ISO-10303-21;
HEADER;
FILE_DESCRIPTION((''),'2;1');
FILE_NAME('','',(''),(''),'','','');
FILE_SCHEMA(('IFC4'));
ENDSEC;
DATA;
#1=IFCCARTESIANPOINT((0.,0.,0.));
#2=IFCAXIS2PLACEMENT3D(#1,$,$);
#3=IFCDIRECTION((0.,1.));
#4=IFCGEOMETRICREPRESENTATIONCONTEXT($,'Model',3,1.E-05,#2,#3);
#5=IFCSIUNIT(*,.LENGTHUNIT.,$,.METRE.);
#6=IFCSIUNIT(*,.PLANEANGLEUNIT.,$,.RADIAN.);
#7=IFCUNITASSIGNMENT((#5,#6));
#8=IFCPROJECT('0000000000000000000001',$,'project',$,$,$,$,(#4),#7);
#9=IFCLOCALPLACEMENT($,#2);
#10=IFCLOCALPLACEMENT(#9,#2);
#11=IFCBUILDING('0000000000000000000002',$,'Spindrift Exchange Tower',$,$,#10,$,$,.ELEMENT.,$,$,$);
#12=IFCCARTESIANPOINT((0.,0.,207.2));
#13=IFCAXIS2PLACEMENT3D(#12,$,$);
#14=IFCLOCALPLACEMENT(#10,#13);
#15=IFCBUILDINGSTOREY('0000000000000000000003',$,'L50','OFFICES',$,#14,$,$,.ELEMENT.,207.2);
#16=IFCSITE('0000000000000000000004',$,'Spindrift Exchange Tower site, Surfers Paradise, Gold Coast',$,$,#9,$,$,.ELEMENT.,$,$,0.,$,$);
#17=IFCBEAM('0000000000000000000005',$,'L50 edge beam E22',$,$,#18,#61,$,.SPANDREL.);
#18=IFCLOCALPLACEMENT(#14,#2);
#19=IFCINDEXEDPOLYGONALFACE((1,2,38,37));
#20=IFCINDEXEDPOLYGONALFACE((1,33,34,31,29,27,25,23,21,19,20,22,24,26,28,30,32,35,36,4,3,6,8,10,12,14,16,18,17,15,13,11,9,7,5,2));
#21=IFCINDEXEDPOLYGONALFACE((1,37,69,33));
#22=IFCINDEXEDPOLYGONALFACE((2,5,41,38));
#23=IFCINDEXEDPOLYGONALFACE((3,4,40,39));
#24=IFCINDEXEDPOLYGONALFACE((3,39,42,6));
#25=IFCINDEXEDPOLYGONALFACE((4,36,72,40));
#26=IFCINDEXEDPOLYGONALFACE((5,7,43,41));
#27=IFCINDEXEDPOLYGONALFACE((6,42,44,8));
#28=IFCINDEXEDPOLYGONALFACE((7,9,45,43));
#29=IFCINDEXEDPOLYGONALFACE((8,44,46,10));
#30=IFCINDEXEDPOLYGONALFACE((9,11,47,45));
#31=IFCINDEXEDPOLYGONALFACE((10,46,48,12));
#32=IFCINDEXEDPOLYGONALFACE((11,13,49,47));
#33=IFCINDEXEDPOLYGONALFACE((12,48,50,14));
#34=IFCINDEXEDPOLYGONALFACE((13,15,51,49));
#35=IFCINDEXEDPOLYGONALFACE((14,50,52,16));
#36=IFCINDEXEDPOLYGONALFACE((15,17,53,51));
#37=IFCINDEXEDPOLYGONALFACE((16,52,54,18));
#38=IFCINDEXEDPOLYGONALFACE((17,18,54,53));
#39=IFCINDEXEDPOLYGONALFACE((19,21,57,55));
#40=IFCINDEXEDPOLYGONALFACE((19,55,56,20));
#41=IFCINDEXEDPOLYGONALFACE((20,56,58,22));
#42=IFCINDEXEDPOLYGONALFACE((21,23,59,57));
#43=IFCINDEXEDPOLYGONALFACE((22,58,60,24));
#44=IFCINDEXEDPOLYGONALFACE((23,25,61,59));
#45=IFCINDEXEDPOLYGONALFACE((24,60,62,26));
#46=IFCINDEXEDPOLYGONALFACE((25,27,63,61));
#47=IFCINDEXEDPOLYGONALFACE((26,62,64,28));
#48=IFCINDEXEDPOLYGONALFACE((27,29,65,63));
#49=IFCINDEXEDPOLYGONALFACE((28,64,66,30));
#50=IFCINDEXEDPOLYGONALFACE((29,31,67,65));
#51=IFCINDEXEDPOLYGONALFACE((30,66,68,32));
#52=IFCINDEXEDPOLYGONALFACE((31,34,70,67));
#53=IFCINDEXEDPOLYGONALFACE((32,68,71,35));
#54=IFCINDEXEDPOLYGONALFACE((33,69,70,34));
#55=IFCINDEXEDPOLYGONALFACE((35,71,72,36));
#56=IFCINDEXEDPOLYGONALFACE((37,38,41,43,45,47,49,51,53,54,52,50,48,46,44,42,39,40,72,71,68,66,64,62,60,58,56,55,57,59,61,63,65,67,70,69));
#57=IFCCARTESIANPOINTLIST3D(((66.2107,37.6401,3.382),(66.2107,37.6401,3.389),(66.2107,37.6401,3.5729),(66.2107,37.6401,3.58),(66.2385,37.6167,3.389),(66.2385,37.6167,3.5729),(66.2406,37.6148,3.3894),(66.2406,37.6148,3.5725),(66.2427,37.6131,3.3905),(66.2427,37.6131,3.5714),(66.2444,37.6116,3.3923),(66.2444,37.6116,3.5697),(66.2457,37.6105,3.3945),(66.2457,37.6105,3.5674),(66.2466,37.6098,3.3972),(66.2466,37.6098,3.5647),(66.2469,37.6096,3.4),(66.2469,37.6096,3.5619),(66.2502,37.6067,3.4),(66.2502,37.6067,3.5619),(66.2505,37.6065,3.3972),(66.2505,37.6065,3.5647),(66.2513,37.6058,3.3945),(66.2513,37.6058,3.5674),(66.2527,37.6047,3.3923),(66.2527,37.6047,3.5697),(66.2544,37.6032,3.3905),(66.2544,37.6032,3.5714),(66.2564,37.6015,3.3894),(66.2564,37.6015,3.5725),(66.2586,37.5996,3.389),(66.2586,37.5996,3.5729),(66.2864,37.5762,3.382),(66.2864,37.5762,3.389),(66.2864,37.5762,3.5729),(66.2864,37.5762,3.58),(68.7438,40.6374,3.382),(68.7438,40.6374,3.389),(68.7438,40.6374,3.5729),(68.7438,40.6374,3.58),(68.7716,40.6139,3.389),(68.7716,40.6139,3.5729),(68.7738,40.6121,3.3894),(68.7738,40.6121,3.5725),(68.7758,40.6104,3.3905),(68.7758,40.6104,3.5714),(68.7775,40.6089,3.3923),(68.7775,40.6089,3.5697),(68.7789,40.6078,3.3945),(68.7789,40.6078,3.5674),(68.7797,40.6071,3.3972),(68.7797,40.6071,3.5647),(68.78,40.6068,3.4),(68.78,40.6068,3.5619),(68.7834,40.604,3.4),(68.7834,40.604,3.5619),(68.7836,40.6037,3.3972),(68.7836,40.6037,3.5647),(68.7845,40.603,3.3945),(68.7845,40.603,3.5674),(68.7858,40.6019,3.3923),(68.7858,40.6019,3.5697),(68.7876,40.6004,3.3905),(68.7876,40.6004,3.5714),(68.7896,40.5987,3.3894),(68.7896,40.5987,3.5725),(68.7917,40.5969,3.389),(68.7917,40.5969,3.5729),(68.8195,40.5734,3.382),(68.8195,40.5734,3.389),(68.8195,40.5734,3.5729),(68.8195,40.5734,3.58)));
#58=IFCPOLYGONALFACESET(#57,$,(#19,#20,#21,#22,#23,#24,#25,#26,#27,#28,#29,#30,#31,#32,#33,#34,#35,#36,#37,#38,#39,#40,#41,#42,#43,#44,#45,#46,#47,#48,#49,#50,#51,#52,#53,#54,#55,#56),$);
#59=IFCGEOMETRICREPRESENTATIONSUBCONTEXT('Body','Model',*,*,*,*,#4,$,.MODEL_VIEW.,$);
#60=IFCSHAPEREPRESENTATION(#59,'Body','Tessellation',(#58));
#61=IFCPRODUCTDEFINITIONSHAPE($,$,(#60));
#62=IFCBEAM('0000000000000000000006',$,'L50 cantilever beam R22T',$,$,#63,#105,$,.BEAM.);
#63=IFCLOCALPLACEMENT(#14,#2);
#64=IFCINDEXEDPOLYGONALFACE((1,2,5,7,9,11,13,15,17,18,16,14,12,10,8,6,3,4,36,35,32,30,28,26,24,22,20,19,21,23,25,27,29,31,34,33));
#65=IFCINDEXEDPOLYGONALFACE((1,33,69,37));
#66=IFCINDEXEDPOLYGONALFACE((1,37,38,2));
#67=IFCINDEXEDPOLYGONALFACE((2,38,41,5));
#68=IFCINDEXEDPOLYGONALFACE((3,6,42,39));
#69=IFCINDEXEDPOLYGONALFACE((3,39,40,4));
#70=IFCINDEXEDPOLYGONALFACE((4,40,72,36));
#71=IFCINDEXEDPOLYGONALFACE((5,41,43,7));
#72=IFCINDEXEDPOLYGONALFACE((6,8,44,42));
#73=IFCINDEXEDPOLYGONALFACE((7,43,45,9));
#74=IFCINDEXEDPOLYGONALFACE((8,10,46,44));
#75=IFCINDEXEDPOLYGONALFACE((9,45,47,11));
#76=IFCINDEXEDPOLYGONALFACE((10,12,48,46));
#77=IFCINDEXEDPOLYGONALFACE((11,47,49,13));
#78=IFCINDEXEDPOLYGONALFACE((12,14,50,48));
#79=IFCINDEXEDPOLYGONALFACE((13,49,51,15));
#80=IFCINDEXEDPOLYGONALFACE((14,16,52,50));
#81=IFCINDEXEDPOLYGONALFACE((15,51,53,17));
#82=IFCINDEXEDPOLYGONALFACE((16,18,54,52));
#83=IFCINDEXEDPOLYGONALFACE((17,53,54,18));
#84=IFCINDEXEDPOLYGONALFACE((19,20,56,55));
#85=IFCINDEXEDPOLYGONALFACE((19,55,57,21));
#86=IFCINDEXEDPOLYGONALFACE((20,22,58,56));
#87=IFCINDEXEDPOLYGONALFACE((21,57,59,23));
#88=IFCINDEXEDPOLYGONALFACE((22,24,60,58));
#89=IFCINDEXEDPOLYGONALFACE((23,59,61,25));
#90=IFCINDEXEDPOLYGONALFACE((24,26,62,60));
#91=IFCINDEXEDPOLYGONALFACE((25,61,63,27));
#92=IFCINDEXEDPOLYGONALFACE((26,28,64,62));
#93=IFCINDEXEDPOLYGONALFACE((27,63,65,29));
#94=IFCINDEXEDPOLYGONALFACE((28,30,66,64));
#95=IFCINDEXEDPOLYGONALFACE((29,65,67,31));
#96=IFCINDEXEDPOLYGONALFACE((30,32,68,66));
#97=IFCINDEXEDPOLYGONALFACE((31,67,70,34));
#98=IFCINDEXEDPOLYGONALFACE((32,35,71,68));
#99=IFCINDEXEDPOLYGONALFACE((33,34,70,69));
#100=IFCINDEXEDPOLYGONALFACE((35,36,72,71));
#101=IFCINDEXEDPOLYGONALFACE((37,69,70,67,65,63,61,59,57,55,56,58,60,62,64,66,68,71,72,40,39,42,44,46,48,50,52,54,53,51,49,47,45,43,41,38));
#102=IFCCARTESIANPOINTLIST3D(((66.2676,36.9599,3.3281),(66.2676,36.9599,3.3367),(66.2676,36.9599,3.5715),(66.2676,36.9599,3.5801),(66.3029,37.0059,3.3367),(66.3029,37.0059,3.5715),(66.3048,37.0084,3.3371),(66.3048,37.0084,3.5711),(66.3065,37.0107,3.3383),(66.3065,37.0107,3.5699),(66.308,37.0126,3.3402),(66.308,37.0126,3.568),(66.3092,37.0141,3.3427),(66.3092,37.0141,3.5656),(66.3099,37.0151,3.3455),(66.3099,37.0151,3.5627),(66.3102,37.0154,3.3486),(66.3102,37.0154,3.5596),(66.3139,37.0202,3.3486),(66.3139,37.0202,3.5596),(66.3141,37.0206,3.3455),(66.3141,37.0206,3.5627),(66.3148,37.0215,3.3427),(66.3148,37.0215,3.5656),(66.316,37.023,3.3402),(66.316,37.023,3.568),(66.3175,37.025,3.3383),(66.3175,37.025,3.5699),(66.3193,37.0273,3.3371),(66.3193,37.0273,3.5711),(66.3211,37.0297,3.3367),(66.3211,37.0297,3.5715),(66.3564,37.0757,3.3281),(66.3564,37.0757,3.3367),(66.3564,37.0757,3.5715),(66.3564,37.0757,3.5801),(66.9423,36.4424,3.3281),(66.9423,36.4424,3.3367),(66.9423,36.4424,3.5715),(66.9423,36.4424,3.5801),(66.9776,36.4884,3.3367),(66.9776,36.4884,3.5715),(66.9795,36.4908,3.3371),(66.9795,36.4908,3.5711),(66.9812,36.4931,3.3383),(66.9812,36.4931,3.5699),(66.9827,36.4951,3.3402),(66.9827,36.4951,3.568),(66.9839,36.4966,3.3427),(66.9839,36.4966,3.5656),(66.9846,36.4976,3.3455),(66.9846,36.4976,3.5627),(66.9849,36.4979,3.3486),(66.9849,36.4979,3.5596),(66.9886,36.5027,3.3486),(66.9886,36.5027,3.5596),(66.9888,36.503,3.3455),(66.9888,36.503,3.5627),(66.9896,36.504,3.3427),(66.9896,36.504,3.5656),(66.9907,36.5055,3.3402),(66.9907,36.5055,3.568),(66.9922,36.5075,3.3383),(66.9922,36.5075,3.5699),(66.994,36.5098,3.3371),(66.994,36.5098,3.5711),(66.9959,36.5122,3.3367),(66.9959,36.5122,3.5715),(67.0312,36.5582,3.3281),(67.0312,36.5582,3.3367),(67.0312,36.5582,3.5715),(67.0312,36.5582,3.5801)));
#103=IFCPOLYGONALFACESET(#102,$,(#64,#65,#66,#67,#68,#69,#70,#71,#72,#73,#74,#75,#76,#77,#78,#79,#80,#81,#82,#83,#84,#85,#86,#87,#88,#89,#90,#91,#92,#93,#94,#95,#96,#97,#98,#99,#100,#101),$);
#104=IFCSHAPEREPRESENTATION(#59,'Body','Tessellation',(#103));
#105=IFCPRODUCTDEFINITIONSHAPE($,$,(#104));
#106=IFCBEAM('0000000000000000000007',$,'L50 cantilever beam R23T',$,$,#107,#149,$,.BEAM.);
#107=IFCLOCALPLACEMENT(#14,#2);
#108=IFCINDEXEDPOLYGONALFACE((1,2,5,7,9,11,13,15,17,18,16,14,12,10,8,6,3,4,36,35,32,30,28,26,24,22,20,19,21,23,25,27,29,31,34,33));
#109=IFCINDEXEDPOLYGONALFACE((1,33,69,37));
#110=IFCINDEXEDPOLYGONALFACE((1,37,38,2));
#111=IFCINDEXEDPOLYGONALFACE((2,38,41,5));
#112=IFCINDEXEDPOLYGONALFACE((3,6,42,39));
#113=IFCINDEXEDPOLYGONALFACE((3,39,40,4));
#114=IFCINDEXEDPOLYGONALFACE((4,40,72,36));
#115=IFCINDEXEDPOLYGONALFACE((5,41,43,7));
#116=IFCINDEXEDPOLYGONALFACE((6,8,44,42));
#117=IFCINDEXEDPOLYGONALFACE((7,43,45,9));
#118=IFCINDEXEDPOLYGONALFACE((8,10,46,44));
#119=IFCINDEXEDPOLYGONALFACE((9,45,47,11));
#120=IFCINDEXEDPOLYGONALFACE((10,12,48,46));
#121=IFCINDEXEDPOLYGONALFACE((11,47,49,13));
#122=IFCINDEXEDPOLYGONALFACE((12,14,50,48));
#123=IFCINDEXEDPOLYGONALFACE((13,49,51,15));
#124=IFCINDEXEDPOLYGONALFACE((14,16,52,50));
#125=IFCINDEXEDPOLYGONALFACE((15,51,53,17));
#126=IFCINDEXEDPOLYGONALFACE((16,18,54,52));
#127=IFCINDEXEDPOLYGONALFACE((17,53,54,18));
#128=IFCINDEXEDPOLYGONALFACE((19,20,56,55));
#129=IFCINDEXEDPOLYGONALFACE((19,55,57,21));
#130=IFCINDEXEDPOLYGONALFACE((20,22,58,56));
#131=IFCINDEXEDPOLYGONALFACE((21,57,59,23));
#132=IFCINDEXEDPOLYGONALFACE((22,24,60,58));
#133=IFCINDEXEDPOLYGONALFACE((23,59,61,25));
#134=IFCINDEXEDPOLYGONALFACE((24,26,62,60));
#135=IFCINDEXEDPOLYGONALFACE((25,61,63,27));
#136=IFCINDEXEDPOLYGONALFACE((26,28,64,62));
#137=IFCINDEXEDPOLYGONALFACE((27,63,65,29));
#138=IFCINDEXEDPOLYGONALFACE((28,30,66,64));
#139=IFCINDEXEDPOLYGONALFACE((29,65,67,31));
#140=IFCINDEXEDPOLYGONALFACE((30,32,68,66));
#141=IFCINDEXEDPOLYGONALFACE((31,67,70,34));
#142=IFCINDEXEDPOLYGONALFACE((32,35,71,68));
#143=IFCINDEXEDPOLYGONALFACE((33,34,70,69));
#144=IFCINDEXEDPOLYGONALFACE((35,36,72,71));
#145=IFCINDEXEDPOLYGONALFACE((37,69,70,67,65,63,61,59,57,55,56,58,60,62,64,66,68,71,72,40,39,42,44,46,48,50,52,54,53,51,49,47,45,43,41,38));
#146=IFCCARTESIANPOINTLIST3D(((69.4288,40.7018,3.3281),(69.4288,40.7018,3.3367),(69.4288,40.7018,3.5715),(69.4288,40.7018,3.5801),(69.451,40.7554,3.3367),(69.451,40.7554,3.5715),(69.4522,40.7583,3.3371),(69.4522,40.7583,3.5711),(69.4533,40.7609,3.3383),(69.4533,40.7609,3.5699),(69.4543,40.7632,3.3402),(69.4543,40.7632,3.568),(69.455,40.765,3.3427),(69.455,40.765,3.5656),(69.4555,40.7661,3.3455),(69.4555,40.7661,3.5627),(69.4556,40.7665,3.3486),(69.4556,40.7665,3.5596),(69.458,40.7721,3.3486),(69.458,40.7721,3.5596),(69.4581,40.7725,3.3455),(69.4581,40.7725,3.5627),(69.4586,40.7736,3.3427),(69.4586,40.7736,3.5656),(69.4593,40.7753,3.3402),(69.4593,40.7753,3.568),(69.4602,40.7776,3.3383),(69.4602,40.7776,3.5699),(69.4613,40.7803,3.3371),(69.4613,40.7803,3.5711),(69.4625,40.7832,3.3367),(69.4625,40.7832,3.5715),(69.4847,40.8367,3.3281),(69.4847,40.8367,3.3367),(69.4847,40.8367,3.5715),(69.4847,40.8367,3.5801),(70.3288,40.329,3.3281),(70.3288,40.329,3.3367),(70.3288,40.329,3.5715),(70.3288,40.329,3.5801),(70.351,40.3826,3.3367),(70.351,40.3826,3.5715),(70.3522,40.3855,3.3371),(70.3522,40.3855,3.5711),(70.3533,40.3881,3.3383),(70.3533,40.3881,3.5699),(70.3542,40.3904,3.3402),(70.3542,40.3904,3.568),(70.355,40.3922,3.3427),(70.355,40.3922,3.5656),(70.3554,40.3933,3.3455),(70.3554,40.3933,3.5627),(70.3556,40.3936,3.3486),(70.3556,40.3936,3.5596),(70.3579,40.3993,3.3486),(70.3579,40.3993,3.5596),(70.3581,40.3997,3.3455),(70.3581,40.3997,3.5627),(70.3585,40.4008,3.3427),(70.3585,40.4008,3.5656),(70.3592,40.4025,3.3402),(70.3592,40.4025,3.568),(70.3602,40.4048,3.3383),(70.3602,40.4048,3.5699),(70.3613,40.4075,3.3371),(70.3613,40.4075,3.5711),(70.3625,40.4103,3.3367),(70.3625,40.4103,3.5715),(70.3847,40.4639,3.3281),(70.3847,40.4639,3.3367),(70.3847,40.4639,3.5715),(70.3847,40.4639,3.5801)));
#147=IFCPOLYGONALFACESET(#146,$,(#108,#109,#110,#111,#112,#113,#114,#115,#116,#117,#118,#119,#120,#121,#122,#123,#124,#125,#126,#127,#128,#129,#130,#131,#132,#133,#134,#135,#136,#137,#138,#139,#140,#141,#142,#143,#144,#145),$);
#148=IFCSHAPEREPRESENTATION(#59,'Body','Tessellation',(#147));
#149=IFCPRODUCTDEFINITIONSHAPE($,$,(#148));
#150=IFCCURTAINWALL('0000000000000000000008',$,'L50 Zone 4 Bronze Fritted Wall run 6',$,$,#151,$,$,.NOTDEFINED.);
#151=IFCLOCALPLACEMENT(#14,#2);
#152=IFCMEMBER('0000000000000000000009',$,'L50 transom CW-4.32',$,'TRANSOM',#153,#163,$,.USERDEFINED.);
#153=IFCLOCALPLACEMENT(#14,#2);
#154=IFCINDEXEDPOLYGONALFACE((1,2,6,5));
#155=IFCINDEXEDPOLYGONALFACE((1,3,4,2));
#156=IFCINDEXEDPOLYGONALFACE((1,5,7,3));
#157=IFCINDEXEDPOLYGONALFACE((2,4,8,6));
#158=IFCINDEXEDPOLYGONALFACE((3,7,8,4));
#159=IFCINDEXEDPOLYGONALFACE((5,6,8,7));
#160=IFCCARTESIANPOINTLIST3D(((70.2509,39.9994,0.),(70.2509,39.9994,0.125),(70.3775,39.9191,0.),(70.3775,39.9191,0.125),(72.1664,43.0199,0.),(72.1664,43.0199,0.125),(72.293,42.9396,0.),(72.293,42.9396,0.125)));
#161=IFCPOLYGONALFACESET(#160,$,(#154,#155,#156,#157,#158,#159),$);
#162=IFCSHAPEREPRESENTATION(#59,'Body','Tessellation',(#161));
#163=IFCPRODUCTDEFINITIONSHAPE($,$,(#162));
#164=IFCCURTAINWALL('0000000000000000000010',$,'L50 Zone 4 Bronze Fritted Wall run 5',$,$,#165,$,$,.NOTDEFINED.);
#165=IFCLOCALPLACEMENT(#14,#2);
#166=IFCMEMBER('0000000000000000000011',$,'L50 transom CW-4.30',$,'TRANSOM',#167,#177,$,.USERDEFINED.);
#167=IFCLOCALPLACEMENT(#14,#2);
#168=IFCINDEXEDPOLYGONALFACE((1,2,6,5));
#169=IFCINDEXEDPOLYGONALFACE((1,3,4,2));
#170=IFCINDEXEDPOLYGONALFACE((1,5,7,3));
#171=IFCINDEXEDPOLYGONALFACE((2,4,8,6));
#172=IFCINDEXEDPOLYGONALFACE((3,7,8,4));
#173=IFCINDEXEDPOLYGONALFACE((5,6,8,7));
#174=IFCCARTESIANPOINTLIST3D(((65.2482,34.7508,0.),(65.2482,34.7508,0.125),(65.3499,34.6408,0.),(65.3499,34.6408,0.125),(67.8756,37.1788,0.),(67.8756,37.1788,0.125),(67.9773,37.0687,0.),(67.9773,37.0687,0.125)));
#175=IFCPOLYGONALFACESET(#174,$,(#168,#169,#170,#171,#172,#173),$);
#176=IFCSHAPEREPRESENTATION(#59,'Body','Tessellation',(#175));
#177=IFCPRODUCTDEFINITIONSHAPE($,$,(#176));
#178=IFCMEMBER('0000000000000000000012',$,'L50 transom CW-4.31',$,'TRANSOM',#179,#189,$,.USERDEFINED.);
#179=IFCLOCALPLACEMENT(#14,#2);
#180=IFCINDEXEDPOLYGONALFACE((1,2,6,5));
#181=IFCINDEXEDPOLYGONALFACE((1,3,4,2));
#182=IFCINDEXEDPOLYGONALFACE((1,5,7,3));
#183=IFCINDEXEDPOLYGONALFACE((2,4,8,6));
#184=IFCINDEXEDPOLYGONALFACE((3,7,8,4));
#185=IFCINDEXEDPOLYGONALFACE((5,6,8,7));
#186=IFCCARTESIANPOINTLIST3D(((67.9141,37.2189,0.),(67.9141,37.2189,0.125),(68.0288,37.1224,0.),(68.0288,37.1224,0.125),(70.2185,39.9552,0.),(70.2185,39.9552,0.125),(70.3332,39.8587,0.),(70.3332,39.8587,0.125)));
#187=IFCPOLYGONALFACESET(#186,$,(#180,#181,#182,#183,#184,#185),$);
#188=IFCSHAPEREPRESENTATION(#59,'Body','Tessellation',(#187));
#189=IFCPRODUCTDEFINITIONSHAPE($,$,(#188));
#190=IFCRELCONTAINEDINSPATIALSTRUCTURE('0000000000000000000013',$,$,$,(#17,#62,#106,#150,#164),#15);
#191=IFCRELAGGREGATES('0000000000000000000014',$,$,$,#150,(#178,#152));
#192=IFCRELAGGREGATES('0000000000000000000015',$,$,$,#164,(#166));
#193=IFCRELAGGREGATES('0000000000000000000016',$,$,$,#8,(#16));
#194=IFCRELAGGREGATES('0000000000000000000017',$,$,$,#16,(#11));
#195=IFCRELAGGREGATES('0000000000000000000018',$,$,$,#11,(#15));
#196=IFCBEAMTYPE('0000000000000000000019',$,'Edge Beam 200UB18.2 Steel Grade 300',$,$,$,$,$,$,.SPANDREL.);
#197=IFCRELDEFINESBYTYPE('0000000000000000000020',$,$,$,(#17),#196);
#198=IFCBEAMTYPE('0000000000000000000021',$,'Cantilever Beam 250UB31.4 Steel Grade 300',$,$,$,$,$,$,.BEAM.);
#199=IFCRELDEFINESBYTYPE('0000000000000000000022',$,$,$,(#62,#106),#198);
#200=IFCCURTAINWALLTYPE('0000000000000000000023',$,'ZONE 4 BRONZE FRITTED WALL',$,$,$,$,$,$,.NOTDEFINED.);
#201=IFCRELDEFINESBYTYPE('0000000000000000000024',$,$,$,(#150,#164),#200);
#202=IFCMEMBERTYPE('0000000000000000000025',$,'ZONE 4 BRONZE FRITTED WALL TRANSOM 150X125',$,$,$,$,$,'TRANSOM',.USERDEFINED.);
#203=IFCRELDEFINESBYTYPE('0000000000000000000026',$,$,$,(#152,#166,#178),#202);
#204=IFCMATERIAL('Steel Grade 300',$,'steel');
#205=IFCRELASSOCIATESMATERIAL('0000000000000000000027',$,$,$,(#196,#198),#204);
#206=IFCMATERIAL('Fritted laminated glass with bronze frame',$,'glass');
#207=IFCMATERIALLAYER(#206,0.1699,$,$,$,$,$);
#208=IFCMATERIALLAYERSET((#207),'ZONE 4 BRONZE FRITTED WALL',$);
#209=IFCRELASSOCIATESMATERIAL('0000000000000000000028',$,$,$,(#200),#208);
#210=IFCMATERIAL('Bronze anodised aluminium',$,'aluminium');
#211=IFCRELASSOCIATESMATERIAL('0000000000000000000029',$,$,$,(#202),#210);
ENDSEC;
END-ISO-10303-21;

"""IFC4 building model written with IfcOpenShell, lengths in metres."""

from ifc_helpers import new_model, si_unit, direction, frame, origin, origin_2d, place, context, subcontext, project, spatial, rectangle, i_section, extrude, source, transform, mapped, material, layer, layer_set, material_profile, profile_set, type_object, element, aggregate, save


model = new_model("IFC4")

# Units and contexts
model_context = context("Model", 3, precision=1e-05, world=origin(), true_north=direction((0.0, 1.0)))
body_context = subcontext(model_context, "Body", "Model", "MODEL_VIEW")
ifc_project = project(units=[si_unit("LENGTHUNIT", "METRE"), si_unit("PLANEANGLEUNIT", "RADIAN")], contexts=[model_context])

# Site, building, storey
site_placement = place(None, origin())
site = spatial("IfcSite", under=ifc_project, at=site_placement, Name="Spindrift Exchange Tower site, Surfers Paradise, Gold Coast", CompositionType="ELEMENT", RefElevation=0.0)
building_placement = place(site_placement, origin())
building = spatial("IfcBuilding", under=site, at=building_placement, Name="Spindrift Exchange Tower", CompositionType="ELEMENT")
storey_placement = place(building_placement, frame((0.0, 0.0, 207.2)))
storey = spatial("IfcBuildingStorey", under=building, at=storey_placement, Name="L50", Description="OFFICES", CompositionType="ELEMENT", Elevation=207.2)

# Beams
ifc_material_1 = material(Name="Steel Grade 300", Category="steel")
ifc_material_profile_1 = material_profile(ifc_material_1, i_section(OverallWidth=0.0991, OverallDepth=0.198, WebThickness=0.0044, FlangeThickness=0.0071, FilletRadius=0.011, at=origin_2d()), Name="200UB18.2")
ifc_profile_set_1 = profile_set([ifc_material_profile_1], Name="Steel Grade 300")
beam_type_1 = type_object("IfcBeamType", Name="Edge Beam 200UB18.2 Steel Grade 300", PredefinedType="SPANDREL", material=ifc_profile_set_1)
shared_shape_1 = source(origin(), body_context, "Body", "SweptSolid", [
    extrude(i_section(OverallWidth=0.0991, OverallDepth=0.198, WebThickness=0.0044, FlangeThickness=0.0071, FilletRadius=0.011, at=origin_2d()), origin(), (0.0, 0.0, 1.0), 3.9243),
])
beam_1_placement = place(storey_placement, frame((66.2485, 37.6082, 3.481), z_axis=(0.645499, 0.763761, 0.0), x_axis=(-0.763761, 0.645499, 0.0)))
element("IfcBeam", 1, at=beam_1_placement, inside=storey, type_object=beam_type_1, Name="L50 edge beam E22", PredefinedType="SPANDREL", context=body_context, shape_type="MappedRepresentation", body=[
    mapped(shared_shape_1, transform((0.0, 0.0, 0.0), scale=1.0)),
])
ifc_material_profile_2 = material_profile(ifc_material_1, i_section(OverallWidth=0.146, OverallDepth=0.252, WebThickness=0.0061, FlangeThickness=0.0085, FilletRadius=0.012, at=origin_2d()), Name="250UB31.4")
ifc_profile_set_2 = profile_set([ifc_material_profile_2], Name="Steel Grade 300")
beam_type_2 = type_object("IfcBeamType", Name="Cantilever Beam 250UB31.4 Steel Grade 300", PredefinedType="BEAM", material=ifc_profile_set_2)
shared_shape_2 = source(origin(), body_context, "Body", "SweptSolid", [
    extrude(i_section(OverallWidth=0.146, OverallDepth=0.252, WebThickness=0.0061, FlangeThickness=0.0085, FilletRadius=0.012, at=origin_2d()), origin(), (0.0, 0.0, 1.0), 0.8503),
])
beam_2_placement = place(storey_placement, frame((66.312, 37.0178, 3.4541), z_axis=(0.793477, -0.6086, 0.0), x_axis=(0.6086, 0.793477, 0.0)))
element("IfcBeam", 2, at=beam_2_placement, inside=storey, type_object=beam_type_2, Name="L50 cantilever beam R22T", PredefinedType="BEAM", context=body_context, shape_type="MappedRepresentation", body=[
    mapped(shared_shape_2, transform((0.0, 0.0, 0.0), scale=1.0)),
])
shared_shape_3 = source(origin(), body_context, "Body", "SweptSolid", [
    extrude(i_section(OverallWidth=0.146, OverallDepth=0.252, WebThickness=0.0061, FlangeThickness=0.0085, FilletRadius=0.012, at=origin_2d()), origin(), (0.0, 0.0, 1.0), 0.9741),
])
beam_3_placement = place(storey_placement, frame((69.4568, 40.7693, 3.4541), z_axis=(0.923861, -0.382728, 0.0), x_axis=(0.382728, 0.923861, 0.0)))
element("IfcBeam", 3, at=beam_3_placement, inside=storey, type_object=beam_type_2, Name="L50 cantilever beam R23T", PredefinedType="BEAM", context=body_context, shape_type="MappedRepresentation", body=[
    mapped(shared_shape_3, transform((0.0, 0.0, 0.0), scale=1.0)),
])

# Curtain walls, members
ifc_material_2 = material(Name="Fritted laminated glass with bronze frame", Category="glass")
ifc_layer_1 = layer(ifc_material_2, 0.1699)
ifc_layer_set_1 = layer_set([ifc_layer_1], Name="ZONE 4 BRONZE FRITTED WALL")
curtain_wall_type = type_object("IfcCurtainWallType", Name="ZONE 4 BRONZE FRITTED WALL", PredefinedType="NOTDEFINED", material=ifc_layer_set_1)
curtain_wall_1_placement = place(storey_placement, origin())
curtain_wall_1 = element("IfcCurtainWall", 4, at=curtain_wall_1_placement, inside=storey, type_object=curtain_wall_type, Name="L50 Zone 4 Bronze Fritted Wall run 6", PredefinedType="NOTDEFINED")
ifc_material_3 = material(Name="Bronze anodised aluminium", Category="aluminium")
ifc_material_profile_3 = material_profile(ifc_material_3, rectangle(XDim=0.1499, YDim=0.125, at=origin_2d()), Name="ZONE 4 BRONZE FRITTED WALL TRANSOM 150X125")
ifc_profile_set_3 = profile_set([ifc_material_profile_3], Name="Bronze anodised aluminium")
member_type_1 = type_object("IfcMemberType", Name="ZONE 4 BRONZE FRITTED WALL TRANSOM 150X125", ElementType="TRANSOM", PredefinedType="USERDEFINED", material=ifc_profile_set_3)
shared_shape_4 = source(origin(), body_context, "Body", "SweptSolid", [
    extrude(rectangle(XDim=0.1499, YDim=0.125, at=origin_2d()), origin(), (0.0, 0.0, 1.0), 3.5767),
])
member_1_placement = place(storey_placement, frame((70.3142, 39.9592, 0.0625), z_axis=(0.535559, 0.844498, 0.0), x_axis=(-0.844498, 0.535559, 0.0)))
member_1 = element("IfcMember", 5, at=member_1_placement, type_object=member_type_1, Name="L50 transom CW-4.32", ObjectType="TRANSOM", PredefinedType="USERDEFINED", context=body_context, shape_type="MappedRepresentation", body=[
    mapped(shared_shape_4, transform((0.0, 0.0, 0.0), scale=1.0)),
])
curtain_wall_2_placement = place(storey_placement, origin())
curtain_wall_2 = element("IfcCurtainWall", 6, at=curtain_wall_2_placement, inside=storey, type_object=curtain_wall_type, Name="L50 Zone 4 Bronze Fritted Wall run 5", PredefinedType="NOTDEFINED")
shared_shape_5 = source(origin(), body_context, "Body", "SweptSolid", [
    extrude(rectangle(XDim=0.1499, YDim=0.125, at=origin_2d()), origin(), (0.0, 0.0, 1.0), 3.5774),
])
member_2_placement = place(storey_placement, frame((65.2991, 34.6958, 0.0625), z_axis=(0.734434, 0.67868, 0.0), x_axis=(-0.67868, 0.734434, 0.0)))
member_2 = element("IfcMember", 7, at=member_2_placement, type_object=member_type_1, Name="L50 transom CW-4.30", ObjectType="TRANSOM", PredefinedType="USERDEFINED", context=body_context, shape_type="MappedRepresentation", body=[
    mapped(shared_shape_5, transform((0.0, 0.0, 0.0), scale=1.0)),
])

# Member
member_3_placement = place(storey_placement, frame((67.9714, 37.1707, 0.0625), z_axis=(0.644163, 0.764888, 0.0), x_axis=(-0.764888, 0.644163, 0.0)))
member_3 = element("IfcMember", 8, at=member_3_placement, type_object=member_type_1, Name="L50 transom CW-4.31", ObjectType="TRANSOM", PredefinedType="USERDEFINED", context=body_context, shape_type="MappedRepresentation", body=[
    mapped(shared_shape_5, transform((0.0, 0.0, 0.0), scale=1.0)),
])

aggregate(curtain_wall_1, [member_3, member_1])
aggregate(curtain_wall_2, [member_2])

save(model, "model.ifc")
